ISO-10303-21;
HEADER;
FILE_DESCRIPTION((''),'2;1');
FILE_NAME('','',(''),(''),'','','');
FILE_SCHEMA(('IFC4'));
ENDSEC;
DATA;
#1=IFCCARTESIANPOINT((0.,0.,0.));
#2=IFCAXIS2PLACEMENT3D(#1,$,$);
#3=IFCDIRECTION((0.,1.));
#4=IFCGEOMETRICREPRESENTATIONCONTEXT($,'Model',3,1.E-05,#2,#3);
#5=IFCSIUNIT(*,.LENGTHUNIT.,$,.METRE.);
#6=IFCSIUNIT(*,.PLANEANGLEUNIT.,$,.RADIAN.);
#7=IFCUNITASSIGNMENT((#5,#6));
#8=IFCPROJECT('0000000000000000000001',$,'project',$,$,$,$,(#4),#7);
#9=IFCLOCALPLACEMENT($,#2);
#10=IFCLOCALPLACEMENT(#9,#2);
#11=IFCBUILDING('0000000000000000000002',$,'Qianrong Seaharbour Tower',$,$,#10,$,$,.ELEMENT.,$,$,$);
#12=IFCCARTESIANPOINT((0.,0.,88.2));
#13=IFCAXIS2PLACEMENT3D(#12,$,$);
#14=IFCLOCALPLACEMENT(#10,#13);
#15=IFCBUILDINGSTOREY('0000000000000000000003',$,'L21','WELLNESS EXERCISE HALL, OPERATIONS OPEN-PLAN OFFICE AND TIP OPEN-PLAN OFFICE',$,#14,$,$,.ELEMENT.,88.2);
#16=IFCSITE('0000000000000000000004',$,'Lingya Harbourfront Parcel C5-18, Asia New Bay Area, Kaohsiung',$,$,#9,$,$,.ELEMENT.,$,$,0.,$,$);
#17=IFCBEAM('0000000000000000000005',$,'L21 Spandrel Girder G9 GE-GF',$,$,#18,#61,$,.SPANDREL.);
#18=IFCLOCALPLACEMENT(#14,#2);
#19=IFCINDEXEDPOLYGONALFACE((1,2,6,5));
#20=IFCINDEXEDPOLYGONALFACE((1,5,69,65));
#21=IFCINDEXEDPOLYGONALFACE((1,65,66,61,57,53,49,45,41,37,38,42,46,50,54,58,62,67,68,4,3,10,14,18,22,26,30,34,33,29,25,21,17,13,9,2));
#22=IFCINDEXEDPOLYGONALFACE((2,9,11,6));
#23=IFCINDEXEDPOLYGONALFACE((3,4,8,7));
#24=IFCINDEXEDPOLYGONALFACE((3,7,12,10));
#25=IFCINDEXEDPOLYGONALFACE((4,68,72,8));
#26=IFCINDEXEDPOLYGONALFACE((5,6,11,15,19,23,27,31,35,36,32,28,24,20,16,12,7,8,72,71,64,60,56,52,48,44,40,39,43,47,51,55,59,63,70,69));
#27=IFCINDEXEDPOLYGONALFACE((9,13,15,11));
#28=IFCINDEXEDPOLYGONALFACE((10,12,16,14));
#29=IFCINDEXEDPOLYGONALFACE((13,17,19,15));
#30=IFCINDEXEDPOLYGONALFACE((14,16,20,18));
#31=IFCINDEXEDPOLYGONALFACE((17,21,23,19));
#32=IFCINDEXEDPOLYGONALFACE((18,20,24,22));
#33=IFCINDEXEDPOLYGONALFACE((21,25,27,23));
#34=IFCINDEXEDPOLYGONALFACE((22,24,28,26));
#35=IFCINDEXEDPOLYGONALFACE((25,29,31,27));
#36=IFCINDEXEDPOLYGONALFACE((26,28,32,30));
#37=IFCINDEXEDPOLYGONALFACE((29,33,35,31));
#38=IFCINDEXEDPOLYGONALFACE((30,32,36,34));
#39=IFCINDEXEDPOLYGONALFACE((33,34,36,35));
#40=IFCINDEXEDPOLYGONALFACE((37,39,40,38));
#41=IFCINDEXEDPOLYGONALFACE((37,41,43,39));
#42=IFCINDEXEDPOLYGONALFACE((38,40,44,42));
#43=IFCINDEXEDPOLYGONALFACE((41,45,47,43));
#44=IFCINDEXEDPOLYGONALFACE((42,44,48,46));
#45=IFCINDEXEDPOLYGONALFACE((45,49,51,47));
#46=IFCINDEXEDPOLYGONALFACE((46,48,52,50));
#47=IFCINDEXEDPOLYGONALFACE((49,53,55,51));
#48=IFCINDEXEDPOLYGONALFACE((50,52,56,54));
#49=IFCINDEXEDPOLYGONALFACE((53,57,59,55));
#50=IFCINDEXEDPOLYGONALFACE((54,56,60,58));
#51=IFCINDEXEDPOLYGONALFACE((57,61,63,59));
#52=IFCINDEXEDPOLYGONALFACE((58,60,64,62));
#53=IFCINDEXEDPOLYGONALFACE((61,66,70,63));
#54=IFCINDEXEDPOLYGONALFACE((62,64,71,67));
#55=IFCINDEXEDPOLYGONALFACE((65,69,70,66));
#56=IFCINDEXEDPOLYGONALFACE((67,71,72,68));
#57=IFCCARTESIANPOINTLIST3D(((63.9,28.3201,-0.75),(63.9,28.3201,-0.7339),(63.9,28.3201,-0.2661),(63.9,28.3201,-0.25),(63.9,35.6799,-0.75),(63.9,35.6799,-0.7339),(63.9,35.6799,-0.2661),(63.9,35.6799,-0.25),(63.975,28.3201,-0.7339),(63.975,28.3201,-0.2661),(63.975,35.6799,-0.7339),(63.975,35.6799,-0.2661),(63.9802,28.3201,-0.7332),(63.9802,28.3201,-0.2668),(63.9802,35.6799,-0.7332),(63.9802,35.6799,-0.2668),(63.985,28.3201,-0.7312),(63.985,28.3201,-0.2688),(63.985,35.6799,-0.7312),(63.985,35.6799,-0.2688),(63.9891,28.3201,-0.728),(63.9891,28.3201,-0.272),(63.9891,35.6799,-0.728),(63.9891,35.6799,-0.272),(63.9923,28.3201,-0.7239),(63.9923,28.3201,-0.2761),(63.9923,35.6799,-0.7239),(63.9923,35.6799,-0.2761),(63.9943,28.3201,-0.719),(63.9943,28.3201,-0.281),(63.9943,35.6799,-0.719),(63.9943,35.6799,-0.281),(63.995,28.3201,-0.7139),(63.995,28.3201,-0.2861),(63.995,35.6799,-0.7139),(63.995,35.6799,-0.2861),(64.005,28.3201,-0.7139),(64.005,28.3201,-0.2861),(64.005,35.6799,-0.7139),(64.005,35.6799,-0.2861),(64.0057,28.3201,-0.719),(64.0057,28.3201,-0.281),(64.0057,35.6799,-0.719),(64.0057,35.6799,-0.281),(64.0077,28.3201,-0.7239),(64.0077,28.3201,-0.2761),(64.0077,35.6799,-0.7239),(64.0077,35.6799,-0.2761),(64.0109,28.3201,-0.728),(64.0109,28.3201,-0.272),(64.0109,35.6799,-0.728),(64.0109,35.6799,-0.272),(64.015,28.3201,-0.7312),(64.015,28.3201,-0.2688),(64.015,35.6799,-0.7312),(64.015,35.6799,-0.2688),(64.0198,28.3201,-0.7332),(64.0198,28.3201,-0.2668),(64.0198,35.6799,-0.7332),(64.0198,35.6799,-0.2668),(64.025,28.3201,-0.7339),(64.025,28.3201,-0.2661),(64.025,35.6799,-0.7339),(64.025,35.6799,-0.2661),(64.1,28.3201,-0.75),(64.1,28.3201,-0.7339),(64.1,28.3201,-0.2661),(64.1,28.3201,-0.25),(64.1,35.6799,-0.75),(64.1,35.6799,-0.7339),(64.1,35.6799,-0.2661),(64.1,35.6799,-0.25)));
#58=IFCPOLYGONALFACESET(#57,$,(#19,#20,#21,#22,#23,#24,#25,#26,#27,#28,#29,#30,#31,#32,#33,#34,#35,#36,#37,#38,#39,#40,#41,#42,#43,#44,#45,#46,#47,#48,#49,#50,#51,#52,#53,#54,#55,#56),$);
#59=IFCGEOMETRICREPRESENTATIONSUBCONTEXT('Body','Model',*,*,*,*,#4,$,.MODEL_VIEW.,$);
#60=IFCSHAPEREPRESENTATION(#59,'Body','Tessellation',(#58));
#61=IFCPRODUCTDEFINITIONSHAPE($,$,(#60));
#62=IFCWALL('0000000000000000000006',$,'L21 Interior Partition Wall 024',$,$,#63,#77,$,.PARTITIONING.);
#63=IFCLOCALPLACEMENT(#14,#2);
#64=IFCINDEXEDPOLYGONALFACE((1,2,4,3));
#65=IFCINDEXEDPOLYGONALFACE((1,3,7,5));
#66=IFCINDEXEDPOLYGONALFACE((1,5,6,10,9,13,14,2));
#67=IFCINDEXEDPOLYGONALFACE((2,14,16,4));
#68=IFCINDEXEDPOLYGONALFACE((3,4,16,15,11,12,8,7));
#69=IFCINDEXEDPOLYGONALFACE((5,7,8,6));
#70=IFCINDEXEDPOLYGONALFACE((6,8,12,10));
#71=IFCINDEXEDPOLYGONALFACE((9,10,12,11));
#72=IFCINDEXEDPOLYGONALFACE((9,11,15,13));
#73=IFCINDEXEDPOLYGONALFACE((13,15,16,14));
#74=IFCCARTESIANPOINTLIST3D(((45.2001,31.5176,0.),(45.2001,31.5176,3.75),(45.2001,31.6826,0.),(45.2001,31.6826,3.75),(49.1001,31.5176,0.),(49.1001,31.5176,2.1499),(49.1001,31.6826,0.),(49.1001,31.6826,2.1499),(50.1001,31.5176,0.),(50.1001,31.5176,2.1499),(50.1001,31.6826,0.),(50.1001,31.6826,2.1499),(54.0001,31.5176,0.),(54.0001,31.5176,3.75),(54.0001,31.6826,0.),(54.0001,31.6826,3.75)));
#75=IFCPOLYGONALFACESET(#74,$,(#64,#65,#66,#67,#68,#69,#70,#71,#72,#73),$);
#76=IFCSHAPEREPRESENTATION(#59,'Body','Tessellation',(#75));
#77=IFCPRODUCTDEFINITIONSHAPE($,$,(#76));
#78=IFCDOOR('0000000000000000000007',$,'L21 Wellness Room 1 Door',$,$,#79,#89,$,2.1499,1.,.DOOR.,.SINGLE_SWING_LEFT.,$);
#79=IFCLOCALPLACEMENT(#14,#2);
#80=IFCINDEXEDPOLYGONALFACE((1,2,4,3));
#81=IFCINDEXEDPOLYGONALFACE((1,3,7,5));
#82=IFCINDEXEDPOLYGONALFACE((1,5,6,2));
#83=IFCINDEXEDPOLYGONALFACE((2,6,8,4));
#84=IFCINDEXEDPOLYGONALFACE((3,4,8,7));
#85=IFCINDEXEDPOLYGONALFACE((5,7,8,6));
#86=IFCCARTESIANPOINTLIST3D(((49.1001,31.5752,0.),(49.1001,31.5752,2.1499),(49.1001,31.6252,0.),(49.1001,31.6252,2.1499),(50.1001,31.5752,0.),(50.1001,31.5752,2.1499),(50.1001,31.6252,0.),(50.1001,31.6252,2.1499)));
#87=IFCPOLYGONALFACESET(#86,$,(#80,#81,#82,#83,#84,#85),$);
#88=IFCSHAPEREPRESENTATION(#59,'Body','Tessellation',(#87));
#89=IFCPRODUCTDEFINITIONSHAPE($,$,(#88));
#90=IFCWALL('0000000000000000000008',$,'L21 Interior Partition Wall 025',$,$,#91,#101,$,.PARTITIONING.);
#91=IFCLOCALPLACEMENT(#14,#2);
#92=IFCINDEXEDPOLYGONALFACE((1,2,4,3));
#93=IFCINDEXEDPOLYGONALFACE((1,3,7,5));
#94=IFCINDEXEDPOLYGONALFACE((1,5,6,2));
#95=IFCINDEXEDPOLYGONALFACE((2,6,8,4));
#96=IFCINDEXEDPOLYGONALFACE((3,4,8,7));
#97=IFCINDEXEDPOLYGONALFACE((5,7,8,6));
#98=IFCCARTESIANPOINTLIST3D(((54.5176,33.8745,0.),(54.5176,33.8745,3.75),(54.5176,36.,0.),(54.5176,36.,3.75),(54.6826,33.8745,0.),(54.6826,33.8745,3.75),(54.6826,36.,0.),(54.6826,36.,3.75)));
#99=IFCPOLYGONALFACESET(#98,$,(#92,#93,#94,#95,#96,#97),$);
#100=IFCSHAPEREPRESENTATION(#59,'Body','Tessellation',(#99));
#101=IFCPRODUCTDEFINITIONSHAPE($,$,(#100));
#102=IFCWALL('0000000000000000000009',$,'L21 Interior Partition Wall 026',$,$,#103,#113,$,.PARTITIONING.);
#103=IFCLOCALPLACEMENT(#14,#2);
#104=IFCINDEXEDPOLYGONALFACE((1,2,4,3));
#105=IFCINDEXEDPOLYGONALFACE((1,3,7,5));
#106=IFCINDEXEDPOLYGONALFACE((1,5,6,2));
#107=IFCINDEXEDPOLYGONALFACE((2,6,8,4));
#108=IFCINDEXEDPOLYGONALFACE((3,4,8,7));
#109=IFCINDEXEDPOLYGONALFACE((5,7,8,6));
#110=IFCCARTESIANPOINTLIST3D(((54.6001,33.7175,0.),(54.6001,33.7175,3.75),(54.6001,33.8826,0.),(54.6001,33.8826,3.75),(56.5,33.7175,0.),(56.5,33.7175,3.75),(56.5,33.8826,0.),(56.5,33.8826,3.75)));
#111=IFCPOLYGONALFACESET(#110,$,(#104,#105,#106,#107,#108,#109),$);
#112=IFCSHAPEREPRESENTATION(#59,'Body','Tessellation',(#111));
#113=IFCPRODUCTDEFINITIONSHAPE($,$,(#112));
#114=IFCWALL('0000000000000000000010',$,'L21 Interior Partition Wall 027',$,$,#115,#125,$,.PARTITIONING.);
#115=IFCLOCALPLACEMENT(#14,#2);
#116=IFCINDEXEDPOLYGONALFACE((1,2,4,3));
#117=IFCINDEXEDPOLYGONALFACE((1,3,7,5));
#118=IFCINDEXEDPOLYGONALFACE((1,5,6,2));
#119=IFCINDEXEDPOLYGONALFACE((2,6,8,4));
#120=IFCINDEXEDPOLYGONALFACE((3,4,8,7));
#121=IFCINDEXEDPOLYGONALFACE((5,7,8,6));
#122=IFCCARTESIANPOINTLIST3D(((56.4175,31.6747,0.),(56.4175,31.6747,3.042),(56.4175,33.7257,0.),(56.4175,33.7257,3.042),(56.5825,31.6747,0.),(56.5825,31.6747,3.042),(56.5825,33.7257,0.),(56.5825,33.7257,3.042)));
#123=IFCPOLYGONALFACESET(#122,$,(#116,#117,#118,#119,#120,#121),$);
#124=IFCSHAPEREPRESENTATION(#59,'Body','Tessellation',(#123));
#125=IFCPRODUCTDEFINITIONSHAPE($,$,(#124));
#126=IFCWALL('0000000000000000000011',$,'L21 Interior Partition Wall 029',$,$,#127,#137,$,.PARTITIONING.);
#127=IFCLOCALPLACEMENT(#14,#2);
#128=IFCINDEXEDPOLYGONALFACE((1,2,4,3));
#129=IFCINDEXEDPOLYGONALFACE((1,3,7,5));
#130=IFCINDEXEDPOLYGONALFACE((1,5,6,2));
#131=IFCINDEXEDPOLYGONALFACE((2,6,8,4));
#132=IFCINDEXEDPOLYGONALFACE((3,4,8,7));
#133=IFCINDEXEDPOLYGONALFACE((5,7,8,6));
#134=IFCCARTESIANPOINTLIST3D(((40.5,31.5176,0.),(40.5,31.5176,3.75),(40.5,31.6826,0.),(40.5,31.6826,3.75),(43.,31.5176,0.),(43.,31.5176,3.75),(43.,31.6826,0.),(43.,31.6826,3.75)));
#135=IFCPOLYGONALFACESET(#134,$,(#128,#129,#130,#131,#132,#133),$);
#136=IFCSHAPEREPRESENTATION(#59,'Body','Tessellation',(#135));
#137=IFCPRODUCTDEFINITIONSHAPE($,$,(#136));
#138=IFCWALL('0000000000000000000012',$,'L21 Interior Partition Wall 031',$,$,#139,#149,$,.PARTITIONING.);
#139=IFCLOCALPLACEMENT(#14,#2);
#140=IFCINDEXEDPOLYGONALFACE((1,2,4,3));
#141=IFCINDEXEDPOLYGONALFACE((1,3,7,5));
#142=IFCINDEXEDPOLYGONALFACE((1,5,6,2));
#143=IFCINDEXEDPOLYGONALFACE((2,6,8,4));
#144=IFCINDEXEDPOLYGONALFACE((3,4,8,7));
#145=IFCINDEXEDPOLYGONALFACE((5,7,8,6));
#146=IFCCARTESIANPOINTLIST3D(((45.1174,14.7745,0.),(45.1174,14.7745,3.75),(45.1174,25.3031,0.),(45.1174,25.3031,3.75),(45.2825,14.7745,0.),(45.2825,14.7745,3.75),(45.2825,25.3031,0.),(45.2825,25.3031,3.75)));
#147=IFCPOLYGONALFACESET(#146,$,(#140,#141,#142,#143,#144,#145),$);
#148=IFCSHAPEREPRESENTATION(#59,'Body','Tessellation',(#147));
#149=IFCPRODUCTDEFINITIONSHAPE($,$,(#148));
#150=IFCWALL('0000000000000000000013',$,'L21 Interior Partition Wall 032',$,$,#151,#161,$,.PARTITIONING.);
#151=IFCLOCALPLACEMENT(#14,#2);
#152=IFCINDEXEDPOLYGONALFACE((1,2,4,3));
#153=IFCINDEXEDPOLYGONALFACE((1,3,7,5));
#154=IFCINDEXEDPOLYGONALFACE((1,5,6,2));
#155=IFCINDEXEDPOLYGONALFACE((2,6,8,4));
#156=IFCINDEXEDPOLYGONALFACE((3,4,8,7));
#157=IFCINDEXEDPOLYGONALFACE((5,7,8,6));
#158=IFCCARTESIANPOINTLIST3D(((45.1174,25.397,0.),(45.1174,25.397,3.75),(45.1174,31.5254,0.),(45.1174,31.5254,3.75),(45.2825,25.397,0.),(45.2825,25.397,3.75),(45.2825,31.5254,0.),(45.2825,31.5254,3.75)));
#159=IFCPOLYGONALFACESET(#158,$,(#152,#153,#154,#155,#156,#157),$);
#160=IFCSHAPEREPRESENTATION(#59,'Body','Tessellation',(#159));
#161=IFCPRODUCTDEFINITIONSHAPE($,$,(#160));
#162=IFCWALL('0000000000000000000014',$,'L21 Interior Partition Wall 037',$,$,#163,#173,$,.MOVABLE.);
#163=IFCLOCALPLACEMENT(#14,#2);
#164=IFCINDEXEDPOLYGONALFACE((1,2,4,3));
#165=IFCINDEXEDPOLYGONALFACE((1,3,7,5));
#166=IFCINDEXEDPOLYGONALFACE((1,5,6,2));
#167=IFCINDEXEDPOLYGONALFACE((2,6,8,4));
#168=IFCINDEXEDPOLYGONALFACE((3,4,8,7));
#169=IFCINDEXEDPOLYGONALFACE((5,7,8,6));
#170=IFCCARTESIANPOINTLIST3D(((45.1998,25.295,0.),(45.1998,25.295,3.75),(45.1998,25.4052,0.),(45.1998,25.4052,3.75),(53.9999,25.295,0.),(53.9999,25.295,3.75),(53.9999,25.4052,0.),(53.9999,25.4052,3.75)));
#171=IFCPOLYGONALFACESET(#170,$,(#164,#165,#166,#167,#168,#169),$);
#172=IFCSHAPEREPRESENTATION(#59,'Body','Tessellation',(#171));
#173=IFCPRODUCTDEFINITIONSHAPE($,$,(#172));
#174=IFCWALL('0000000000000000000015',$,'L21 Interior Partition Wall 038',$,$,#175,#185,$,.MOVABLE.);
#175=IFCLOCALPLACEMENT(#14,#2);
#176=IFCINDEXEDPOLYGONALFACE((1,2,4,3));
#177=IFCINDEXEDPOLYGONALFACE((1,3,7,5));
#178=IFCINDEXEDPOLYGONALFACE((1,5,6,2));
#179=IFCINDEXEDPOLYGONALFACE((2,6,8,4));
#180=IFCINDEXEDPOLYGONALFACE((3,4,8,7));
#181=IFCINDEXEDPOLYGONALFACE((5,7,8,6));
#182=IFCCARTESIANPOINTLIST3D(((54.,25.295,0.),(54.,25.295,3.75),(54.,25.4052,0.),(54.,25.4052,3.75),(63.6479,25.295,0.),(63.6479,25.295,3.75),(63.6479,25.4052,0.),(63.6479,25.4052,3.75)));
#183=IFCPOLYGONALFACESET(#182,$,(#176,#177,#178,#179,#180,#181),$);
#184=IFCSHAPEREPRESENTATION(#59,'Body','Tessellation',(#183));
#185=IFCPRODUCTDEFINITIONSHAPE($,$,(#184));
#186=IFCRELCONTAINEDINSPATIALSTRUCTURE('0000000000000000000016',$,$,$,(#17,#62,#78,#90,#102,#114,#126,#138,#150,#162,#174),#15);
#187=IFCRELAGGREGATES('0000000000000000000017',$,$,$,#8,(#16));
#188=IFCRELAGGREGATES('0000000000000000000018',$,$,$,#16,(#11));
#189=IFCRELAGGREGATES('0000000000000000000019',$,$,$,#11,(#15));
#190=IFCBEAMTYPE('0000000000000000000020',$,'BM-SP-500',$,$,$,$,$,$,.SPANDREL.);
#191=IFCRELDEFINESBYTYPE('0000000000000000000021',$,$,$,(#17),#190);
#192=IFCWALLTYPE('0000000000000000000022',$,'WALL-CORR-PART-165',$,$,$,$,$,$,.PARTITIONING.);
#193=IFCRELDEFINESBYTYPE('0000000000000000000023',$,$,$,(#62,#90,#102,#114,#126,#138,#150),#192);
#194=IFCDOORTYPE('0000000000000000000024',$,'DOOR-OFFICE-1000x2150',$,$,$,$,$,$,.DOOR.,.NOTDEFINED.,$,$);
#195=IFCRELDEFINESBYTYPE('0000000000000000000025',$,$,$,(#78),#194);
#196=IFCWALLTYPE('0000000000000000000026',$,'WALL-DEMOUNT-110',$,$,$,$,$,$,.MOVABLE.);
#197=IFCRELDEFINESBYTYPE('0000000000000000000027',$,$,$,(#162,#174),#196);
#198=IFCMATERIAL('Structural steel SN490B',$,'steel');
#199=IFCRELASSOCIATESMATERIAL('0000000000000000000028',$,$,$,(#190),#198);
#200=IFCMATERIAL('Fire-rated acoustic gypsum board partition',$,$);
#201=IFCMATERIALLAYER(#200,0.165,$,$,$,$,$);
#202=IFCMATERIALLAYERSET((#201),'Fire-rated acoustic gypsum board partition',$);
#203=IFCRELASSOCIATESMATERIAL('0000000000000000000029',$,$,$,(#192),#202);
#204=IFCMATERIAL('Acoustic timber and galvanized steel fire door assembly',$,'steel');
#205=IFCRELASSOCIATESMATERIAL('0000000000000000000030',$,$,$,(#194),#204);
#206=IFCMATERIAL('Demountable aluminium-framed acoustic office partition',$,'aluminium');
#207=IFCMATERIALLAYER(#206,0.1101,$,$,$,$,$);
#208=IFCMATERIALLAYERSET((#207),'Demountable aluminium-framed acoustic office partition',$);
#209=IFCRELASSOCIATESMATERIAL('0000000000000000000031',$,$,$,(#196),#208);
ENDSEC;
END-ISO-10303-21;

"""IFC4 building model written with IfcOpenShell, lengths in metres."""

from ifc_helpers import new_model, si_unit, direction, frame, frame_2d, origin, origin_2d, place, context, subcontext, project, spatial, rectangle, i_section, extrude, material, layer, layer_set, material_profile, profile_set, type_object, element, fill, save


model = new_model("IFC4")

# Units and contexts
model_context = context("Model", 3, precision=1e-05, world=origin(), true_north=direction((0.0, 1.0)))
body_context = subcontext(model_context, "Body", "Model", "MODEL_VIEW")
ifc_project = project(units=[si_unit("LENGTHUNIT", "METRE"), si_unit("PLANEANGLEUNIT", "RADIAN")], contexts=[model_context])

# Site, building, storey
site_placement = place(None, origin())
site = spatial("IfcSite", under=ifc_project, at=site_placement, Name="Lingya Harbourfront Parcel C5-18, Asia New Bay Area, Kaohsiung", CompositionType="ELEMENT", RefElevation=0.0)
building_placement = place(site_placement, origin())
building = spatial("IfcBuilding", under=site, at=building_placement, Name="Qianrong Seaharbour Tower", CompositionType="ELEMENT")
storey_placement = place(building_placement, frame((0.0, 0.0, 88.2)))
storey = spatial("IfcBuildingStorey", under=building, at=storey_placement, Name="L21", Description="WELLNESS EXERCISE HALL, OPERATIONS OPEN-PLAN OFFICE AND TIP OPEN-PLAN OFFICE", CompositionType="ELEMENT", Elevation=88.2)

# Shared definitions
ifc_material_1 = material(Name="Structural steel SN490B", Category="steel")

# Beam
ifc_material_profile_1 = material_profile(ifc_material_1, i_section(OverallWidth=0.2, OverallDepth=0.5, WebThickness=0.01, FlangeThickness=0.0161, FilletRadius=0.02, at=origin_2d()), Name="H500x200x10x16")
ifc_profile_set_1 = profile_set([ifc_material_profile_1], Name="Structural steel SN490B")
beam_type_1 = type_object("IfcBeamType", Name="BM-SP-500", PredefinedType="SPANDREL", material=ifc_profile_set_1)
beam_1_placement = place(storey_placement, frame((64.0, 28.3201, -0.5), z_axis=(0.0, 1.0, 0.0), x_axis=(-1.0, 0.0, 0.0)))
element("IfcBeam", 1, at=beam_1_placement, inside=storey, type_object=beam_type_1, Name="L21 Spandrel Girder G9 GE-GF", PredefinedType="SPANDREL", context=body_context, shape_type="SweptSolid", body=[
    extrude(i_section(OverallWidth=0.2, OverallDepth=0.5, WebThickness=0.01, FlangeThickness=0.0161, FilletRadius=0.02, at=origin_2d()), origin(), (0.0, 0.0, 1.0), 7.3599),
])

# Wall, opening, door
ifc_material_2 = material(Name="Fire-rated acoustic gypsum board partition")
ifc_layer_1 = layer(ifc_material_2, 0.165)
ifc_layer_set_1 = layer_set([ifc_layer_1], Name="Fire-rated acoustic gypsum board partition")
wall_type_1 = type_object("IfcWallType", Name="WALL-CORR-PART-165", PredefinedType="PARTITIONING", material=ifc_layer_set_1)
wall_1_placement = place(storey_placement, frame((54.0, 31.6001, 0.0), z_axis=(0.0, 0.0, 1.0), x_axis=(-1.0, 0.0, 0.0)))
wall_1 = element("IfcWall", 2, at=wall_1_placement, inside=storey, type_object=wall_type_1, Name="L21 Interior Partition Wall 024", PredefinedType="PARTITIONING", context=body_context, shape_type="SweptSolid", body=[
    extrude(rectangle(XDim=8.8, YDim=0.165, at=frame_2d((4.3999, 0.0))), origin(), (0.0, 0.0, 1.0), 3.75),
])
opening_1_placement = place(wall_1_placement, frame((3.8999, 0.0, 0.0)))
opening_1 = element("IfcOpeningElement", 3, at=opening_1_placement, cuts=wall_1, PredefinedType="OPENING", context=body_context, shape_type="SweptSolid", body=[
    extrude(rectangle(XDim=1.0, YDim=2.1499, at=frame_2d((0.5, 1.075))), frame((0.0, 0.0925, 0.0), z_axis=(0.0, -1.0, 0.0), x_axis=(1.0, 0.0, 0.0)), (0.0, 0.0, 1.0), 0.1851),
])
ifc_material_3 = material(Name="Acoustic timber and galvanized steel fire door assembly", Category="steel")
door_type = type_object("IfcDoorType", Name="DOOR-OFFICE-1000x2150", OperationType="NOTDEFINED", PredefinedType="DOOR", material=ifc_material_3)
door_1_placement = place(opening_1_placement, origin())
door_1 = element("IfcDoor", 4, at=door_1_placement, inside=storey, type_object=door_type, Name="L21 Wellness Room 1 Door", OperationType="SINGLE_SWING_LEFT", OverallHeight=2.1499, OverallWidth=1.0, PredefinedType="DOOR", context=body_context, shape_type="SweptSolid", body=[
    extrude(rectangle(XDim=1.0, YDim=2.1499, at=frame_2d((0.5, 1.075))), frame((0.0, 0.0249, 0.0), z_axis=(0.0, -1.0, 0.0), x_axis=(1.0, 0.0, 0.0)), (0.0, 0.0, 1.0), 0.05),
])
fill(opening_1, door_1)

# Walls
wall_2_placement = place(storey_placement, frame((54.6001, 36.0, 0.0), z_axis=(0.0, 0.0, 1.0), x_axis=(0.0, -1.0, 0.0)))
element("IfcWall", 5, at=wall_2_placement, inside=storey, type_object=wall_type_1, Name="L21 Interior Partition Wall 025", PredefinedType="PARTITIONING", context=body_context, shape_type="SweptSolid", body=[
    extrude(rectangle(XDim=2.1255, YDim=0.165, at=frame_2d((1.0627, 0.0))), origin(), (0.0, 0.0, 1.0), 3.75),
])
wall_3_placement = place(storey_placement, frame((54.6001, 33.8, 0.0), z_axis=(0.0, 0.0, 1.0), x_axis=(1.0, 0.0, 0.0)))
element("IfcWall", 6, at=wall_3_placement, inside=storey, type_object=wall_type_1, Name="L21 Interior Partition Wall 026", PredefinedType="PARTITIONING", context=body_context, shape_type="SweptSolid", body=[
    extrude(rectangle(XDim=1.8999, YDim=0.165, at=frame_2d((0.95, 0.0))), origin(), (0.0, 0.0, 1.0), 3.75),
])
wall_4_placement = place(storey_placement, frame((56.5, 33.7256, 0.0), z_axis=(0.0, 0.0, 1.0), x_axis=(0.0, -1.0, 0.0)))
element("IfcWall", 7, at=wall_4_placement, inside=storey, type_object=wall_type_1, Name="L21 Interior Partition Wall 027", PredefinedType="PARTITIONING", context=body_context, shape_type="SweptSolid", body=[
    extrude(rectangle(XDim=2.051, YDim=0.165, at=frame_2d((1.0254, 0.0))), origin(), (0.0, 0.0, 1.0), 3.042),
])

# Walls
wall_5_placement = place(storey_placement, frame((43.0, 31.6001, 0.0), z_axis=(0.0, 0.0, 1.0), x_axis=(-1.0, 0.0, 0.0)))
element("IfcWall", 8, at=wall_5_placement, inside=storey, type_object=wall_type_1, Name="L21 Interior Partition Wall 029", PredefinedType="PARTITIONING", context=body_context, shape_type="SweptSolid", body=[
    extrude(rectangle(XDim=2.5, YDim=0.165, at=frame_2d((1.25, 0.0))), origin(), (0.0, 0.0, 1.0), 3.75),
])
wall_6_placement = place(storey_placement, frame((45.2, 25.303, 0.0), z_axis=(0.0, 0.0, 1.0), x_axis=(0.0, -1.0, 0.0)))
element("IfcWall", 9, at=wall_6_placement, inside=storey, type_object=wall_type_1, Name="L21 Interior Partition Wall 031", PredefinedType="PARTITIONING", context=body_context, shape_type="SweptSolid", body=[
    extrude(rectangle(XDim=10.5286, YDim=0.165, at=frame_2d((5.2642, 0.0))), origin(), (0.0, 0.0, 1.0), 3.75),
])
wall_7_placement = place(storey_placement, frame((45.2, 31.5254, 0.0), z_axis=(0.0, 0.0, 1.0), x_axis=(0.0, -1.0, 0.0)))
element("IfcWall", 10, at=wall_7_placement, inside=storey, type_object=wall_type_1, Name="L21 Interior Partition Wall 032", PredefinedType="PARTITIONING", context=body_context, shape_type="SweptSolid", body=[
    extrude(rectangle(XDim=6.1284, YDim=0.165, at=frame_2d((3.0642, 0.0))), origin(), (0.0, 0.0, 1.0), 3.75),
])
ifc_material_4 = material(Name="Demountable aluminium-framed acoustic office partition", Category="aluminium")
ifc_layer_2 = layer(ifc_material_4, 0.1101)
ifc_layer_set_2 = layer_set([ifc_layer_2], Name="Demountable aluminium-framed acoustic office partition")
wall_type_2 = type_object("IfcWallType", Name="WALL-DEMOUNT-110", PredefinedType="MOVABLE", material=ifc_layer_set_2)
wall_8_placement = place(storey_placement, frame((45.2, 25.3501, 0.0), z_axis=(0.0, 0.0, 1.0), x_axis=(1.0, 0.0, 0.0)))
element("IfcWall", 11, at=wall_8_placement, inside=storey, type_object=wall_type_2, Name="L21 Interior Partition Wall 037", PredefinedType="MOVABLE", context=body_context, shape_type="SweptSolid", body=[
    extrude(rectangle(XDim=8.8, YDim=0.1101, at=frame_2d((4.3999, 0.0))), origin(), (0.0, 0.0, 1.0), 3.75),
])
wall_9_placement = place(storey_placement, frame((54.0, 25.3501, 0.0), z_axis=(0.0, 0.0, 1.0), x_axis=(1.0, 0.0, 0.0)))
element("IfcWall", 12, at=wall_9_placement, inside=storey, type_object=wall_type_2, Name="L21 Interior Partition Wall 038", PredefinedType="MOVABLE", context=body_context, shape_type="SweptSolid", body=[
    extrude(rectangle(XDim=9.6479, YDim=0.1101, at=frame_2d((4.824, 0.0))), origin(), (0.0, 0.0, 1.0), 3.75),
])

save(model, "model.ifc")
